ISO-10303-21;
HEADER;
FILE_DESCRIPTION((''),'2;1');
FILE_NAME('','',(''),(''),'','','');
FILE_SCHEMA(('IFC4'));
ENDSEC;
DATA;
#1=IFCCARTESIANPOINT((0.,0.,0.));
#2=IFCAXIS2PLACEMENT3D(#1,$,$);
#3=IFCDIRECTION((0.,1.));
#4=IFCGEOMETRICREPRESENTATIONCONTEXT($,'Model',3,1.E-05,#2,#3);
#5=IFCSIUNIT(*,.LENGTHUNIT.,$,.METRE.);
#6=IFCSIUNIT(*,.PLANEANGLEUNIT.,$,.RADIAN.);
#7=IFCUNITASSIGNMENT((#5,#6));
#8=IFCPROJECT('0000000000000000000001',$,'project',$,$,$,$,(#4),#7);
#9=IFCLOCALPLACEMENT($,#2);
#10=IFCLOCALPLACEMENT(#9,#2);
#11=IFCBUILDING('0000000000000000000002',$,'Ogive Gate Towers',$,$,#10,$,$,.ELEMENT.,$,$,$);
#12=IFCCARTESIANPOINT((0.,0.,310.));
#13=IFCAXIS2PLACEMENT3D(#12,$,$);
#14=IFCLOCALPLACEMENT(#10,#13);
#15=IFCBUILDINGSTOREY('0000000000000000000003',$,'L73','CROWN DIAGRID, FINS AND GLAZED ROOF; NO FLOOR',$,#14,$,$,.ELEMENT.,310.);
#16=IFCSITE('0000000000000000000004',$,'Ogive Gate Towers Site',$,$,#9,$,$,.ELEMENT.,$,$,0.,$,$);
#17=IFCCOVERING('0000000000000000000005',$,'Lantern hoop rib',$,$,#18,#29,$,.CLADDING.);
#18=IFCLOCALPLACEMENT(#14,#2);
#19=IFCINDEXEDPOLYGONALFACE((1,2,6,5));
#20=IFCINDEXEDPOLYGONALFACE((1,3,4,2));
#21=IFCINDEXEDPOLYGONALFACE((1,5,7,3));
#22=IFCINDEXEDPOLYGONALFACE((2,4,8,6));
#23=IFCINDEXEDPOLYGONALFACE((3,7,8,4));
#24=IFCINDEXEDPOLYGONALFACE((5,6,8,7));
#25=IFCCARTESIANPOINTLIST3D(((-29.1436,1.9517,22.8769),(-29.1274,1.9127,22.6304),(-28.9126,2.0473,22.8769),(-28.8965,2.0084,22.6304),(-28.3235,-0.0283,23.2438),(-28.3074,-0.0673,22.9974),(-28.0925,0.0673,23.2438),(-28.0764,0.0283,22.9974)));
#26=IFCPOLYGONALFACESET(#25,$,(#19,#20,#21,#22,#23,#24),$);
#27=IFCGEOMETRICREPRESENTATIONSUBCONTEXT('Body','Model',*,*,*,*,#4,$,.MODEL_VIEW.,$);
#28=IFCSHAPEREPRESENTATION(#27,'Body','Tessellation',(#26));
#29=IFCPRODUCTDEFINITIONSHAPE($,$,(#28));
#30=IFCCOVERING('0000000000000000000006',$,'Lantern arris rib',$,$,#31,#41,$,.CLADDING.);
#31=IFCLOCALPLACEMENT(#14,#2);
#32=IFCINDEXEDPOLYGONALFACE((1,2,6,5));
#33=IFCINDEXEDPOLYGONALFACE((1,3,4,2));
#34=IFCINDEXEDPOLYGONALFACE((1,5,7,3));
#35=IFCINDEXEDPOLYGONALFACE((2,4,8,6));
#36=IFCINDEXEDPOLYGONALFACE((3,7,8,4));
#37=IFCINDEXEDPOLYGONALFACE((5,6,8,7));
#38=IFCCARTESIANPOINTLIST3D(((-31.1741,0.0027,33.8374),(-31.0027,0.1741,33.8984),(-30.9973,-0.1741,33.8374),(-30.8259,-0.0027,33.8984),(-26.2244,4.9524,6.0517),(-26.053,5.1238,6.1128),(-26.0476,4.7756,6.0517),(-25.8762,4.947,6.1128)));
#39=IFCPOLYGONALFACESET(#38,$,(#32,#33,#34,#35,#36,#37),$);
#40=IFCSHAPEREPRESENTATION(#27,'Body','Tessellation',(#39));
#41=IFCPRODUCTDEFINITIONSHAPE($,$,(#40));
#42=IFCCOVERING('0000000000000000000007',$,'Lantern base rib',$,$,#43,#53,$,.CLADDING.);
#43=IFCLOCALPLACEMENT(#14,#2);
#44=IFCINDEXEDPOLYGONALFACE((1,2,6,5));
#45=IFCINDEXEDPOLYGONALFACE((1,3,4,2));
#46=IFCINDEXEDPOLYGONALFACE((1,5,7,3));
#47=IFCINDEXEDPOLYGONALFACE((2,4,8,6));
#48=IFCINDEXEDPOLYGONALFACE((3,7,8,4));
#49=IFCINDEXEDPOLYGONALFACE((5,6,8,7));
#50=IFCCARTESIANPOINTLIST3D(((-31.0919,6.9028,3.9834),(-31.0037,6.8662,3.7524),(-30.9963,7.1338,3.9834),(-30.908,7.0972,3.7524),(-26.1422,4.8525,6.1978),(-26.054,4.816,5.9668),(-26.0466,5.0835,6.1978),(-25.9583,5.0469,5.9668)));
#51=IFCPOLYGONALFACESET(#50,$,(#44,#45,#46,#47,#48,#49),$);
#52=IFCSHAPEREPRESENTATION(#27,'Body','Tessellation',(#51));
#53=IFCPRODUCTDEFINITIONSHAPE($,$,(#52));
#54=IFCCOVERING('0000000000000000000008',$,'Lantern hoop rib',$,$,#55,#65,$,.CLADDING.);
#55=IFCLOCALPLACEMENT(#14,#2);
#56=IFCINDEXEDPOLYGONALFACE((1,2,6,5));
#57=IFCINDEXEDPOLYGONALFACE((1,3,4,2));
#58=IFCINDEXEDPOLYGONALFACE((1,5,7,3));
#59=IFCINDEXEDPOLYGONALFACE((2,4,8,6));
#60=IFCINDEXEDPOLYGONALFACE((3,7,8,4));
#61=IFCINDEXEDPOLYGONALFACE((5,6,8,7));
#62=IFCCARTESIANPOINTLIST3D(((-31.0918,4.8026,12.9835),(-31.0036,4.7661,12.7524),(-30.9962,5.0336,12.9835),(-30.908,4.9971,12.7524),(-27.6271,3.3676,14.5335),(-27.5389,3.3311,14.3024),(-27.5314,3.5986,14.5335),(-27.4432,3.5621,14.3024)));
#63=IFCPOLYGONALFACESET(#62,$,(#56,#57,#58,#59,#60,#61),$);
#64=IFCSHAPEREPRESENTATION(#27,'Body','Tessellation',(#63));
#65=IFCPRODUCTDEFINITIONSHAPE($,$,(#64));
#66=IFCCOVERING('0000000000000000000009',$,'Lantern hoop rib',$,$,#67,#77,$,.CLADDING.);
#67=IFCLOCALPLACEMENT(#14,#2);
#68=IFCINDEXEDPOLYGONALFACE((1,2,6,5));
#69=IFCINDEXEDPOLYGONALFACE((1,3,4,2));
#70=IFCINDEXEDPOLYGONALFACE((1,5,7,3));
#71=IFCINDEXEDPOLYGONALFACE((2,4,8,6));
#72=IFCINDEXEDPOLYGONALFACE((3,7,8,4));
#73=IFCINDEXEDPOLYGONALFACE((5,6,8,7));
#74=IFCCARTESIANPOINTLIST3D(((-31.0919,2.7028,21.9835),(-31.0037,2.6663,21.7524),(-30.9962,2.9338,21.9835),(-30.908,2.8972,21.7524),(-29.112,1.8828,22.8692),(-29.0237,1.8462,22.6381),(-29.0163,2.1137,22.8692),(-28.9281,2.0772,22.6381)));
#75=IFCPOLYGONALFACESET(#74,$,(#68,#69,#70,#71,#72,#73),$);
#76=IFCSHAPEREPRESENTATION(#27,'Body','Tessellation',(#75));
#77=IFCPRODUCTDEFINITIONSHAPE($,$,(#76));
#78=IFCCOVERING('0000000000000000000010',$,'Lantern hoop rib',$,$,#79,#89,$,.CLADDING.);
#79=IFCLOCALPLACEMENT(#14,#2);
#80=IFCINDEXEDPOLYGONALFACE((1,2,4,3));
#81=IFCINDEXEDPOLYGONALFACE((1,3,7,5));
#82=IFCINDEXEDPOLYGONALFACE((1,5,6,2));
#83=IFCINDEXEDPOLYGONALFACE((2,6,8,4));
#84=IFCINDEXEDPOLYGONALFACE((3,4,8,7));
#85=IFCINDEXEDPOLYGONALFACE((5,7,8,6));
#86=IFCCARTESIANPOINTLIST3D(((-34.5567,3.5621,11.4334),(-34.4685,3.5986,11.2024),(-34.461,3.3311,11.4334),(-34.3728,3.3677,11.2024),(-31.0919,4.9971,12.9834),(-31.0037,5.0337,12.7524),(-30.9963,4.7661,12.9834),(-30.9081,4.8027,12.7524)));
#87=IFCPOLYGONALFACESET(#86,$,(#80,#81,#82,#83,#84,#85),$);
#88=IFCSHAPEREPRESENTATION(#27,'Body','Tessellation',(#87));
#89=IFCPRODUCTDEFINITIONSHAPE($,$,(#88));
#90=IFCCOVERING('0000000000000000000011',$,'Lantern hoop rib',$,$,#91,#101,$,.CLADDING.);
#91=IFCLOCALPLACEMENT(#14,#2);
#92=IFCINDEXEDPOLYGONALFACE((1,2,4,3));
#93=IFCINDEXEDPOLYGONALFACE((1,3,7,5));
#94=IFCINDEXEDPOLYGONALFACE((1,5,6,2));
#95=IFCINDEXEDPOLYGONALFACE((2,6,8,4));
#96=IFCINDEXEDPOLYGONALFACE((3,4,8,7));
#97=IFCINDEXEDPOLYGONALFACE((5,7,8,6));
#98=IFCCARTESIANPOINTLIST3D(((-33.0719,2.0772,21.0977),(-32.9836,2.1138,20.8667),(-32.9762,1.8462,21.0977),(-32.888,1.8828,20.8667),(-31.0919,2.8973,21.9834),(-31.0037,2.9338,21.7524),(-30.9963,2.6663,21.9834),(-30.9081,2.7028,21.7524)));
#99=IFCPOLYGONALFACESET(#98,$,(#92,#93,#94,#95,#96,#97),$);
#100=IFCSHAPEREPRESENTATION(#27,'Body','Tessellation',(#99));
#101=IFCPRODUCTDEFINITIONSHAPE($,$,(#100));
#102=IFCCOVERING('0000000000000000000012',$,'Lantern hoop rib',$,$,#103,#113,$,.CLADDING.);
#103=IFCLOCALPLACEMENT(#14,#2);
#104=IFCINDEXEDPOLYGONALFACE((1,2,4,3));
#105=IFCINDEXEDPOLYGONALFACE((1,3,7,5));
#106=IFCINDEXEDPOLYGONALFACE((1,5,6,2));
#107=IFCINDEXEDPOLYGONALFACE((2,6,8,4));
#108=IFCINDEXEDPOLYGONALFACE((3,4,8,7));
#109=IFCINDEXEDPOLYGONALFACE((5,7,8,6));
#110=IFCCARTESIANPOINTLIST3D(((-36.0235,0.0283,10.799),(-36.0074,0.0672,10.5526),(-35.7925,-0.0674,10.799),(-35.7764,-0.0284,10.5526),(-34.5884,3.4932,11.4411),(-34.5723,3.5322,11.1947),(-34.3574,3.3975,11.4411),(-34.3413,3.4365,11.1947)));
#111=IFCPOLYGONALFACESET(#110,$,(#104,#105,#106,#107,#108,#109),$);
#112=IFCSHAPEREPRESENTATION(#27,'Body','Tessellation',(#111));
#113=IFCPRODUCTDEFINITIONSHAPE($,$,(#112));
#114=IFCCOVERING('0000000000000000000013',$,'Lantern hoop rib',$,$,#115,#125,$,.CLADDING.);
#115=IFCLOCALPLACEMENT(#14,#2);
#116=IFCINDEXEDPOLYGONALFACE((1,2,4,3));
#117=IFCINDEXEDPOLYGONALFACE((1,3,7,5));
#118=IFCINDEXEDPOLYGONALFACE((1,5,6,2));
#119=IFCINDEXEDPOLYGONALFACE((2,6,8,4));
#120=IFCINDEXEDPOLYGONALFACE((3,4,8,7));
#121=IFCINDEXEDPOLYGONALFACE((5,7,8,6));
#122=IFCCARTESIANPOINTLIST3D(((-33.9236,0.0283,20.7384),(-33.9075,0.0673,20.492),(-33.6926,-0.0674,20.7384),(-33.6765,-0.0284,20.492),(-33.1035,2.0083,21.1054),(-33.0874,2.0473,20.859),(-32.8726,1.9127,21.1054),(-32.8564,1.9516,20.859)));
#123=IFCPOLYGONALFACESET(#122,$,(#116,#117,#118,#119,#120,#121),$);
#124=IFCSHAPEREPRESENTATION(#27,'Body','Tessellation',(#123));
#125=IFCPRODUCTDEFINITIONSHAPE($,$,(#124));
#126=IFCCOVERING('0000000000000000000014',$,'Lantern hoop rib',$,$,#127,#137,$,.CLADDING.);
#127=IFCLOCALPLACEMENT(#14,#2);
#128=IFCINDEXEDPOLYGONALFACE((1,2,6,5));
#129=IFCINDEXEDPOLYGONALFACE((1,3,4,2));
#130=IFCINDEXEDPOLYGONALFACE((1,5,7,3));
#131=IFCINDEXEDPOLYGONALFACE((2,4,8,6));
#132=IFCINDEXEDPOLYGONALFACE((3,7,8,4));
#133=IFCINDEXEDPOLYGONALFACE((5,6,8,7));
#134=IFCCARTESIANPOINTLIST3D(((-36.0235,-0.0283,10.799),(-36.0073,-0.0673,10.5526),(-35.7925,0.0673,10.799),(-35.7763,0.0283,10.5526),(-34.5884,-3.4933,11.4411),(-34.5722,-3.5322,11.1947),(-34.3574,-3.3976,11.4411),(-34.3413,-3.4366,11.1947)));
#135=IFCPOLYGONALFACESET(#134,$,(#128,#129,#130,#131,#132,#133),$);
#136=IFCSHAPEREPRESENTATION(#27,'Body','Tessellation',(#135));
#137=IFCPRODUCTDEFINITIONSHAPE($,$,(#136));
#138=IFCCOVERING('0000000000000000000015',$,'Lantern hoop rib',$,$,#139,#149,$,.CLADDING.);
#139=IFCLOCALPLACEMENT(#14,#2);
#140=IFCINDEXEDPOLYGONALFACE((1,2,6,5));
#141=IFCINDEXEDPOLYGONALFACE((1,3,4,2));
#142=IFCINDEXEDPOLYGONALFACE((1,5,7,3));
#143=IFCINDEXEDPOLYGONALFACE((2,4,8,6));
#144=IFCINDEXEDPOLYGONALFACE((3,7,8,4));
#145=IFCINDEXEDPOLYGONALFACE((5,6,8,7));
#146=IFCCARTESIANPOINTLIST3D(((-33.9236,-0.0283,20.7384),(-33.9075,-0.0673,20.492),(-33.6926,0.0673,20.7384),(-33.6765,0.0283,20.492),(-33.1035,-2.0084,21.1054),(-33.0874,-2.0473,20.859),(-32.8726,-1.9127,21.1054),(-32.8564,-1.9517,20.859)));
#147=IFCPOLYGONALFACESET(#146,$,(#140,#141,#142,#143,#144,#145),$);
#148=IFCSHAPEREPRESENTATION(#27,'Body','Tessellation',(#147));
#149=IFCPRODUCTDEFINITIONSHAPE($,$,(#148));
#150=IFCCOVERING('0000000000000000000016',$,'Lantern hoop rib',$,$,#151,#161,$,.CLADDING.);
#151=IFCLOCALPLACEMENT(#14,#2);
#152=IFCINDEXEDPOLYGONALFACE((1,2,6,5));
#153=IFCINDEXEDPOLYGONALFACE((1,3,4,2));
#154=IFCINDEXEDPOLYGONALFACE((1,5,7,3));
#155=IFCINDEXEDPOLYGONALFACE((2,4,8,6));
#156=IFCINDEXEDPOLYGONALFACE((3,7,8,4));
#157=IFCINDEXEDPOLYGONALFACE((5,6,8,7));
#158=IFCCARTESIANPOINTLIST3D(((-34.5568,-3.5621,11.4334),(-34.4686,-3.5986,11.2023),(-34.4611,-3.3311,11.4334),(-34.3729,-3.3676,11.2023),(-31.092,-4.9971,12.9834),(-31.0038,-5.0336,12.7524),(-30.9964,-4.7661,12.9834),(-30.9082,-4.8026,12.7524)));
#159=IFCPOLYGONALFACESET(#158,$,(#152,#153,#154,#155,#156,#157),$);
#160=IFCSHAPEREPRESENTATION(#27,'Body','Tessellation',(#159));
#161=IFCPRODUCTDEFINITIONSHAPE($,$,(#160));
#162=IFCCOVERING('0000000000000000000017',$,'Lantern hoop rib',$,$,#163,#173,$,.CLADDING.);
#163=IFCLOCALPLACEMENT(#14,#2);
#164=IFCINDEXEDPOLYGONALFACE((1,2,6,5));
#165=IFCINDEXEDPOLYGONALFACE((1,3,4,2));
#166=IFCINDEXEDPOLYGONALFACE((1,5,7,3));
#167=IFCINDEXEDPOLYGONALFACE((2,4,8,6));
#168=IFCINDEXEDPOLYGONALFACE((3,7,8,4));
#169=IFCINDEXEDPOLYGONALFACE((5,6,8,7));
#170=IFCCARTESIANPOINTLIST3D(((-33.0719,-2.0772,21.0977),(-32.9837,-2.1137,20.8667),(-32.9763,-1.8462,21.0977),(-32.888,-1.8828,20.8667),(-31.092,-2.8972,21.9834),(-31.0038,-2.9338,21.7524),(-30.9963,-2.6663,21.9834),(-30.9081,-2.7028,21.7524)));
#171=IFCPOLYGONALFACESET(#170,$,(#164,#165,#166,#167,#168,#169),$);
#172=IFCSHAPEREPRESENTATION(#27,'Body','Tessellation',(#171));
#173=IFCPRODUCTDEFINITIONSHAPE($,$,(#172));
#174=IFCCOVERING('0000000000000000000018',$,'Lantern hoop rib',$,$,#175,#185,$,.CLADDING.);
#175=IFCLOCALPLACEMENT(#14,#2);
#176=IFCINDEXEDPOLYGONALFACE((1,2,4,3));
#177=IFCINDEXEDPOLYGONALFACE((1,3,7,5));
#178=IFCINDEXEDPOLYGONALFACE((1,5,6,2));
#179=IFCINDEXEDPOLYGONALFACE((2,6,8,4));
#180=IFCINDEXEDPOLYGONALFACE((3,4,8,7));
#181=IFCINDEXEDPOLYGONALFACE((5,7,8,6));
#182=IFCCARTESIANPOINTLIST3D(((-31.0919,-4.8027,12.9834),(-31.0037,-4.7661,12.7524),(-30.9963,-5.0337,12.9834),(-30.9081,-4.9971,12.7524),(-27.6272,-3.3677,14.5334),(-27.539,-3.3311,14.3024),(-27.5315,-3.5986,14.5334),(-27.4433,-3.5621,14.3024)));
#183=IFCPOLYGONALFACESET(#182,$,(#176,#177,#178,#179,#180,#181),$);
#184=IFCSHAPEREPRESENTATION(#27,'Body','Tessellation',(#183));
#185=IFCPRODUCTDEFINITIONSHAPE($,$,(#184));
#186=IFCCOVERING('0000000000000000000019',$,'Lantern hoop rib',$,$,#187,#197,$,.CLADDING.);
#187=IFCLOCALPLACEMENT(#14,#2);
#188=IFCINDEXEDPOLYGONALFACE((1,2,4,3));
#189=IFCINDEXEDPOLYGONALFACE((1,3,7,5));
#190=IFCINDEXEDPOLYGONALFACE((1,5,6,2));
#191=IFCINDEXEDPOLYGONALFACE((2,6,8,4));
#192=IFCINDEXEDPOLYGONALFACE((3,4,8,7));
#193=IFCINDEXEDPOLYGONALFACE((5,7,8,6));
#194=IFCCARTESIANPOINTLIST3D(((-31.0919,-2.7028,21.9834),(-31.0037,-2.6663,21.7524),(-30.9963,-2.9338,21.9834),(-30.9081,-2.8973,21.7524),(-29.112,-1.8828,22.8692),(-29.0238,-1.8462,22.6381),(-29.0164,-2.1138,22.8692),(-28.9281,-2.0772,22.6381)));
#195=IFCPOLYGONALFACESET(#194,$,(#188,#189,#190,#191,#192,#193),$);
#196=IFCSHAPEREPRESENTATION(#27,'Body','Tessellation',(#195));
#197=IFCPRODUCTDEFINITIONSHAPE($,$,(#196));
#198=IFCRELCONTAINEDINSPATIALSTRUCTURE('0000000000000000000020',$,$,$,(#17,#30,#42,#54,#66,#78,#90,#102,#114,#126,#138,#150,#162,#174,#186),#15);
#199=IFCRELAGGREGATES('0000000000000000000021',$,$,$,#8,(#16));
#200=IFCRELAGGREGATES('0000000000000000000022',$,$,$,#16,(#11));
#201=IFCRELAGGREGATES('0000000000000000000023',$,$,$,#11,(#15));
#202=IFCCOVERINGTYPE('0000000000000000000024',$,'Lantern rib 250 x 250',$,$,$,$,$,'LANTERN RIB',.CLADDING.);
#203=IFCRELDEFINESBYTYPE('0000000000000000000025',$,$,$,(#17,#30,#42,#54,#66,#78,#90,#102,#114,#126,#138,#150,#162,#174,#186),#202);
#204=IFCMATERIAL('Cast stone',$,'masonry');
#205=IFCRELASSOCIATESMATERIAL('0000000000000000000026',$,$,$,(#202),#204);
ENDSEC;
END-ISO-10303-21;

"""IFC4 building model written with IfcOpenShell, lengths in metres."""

from ifc_helpers import new_model, si_unit, direction, frame, origin, origin_2d, place, context, subcontext, project, spatial, rectangle, extrude, material, material_profile, profile_set, type_object, element, save


model = new_model("IFC4")

# Units and contexts
model_context = context("Model", 3, precision=1e-05, world=origin(), true_north=direction((0.0, 1.0)))
body_context = subcontext(model_context, "Body", "Model", "MODEL_VIEW")
ifc_project = project(units=[si_unit("LENGTHUNIT", "METRE"), si_unit("PLANEANGLEUNIT", "RADIAN")], contexts=[model_context])

# Site, building, storey
site_placement = place(None, origin())
site = spatial("IfcSite", under=ifc_project, at=site_placement, Name="Ogive Gate Towers Site", CompositionType="ELEMENT", RefElevation=0.0)
building_placement = place(site_placement, origin())
building = spatial("IfcBuilding", under=site, at=building_placement, Name="Ogive Gate Towers", CompositionType="ELEMENT")
storey_placement = place(building_placement, frame((0.0, 0.0, 310.0)))
storey = spatial("IfcBuildingStorey", under=building, at=storey_placement, Name="L73", Description="CROWN DIAGRID, FINS AND GLAZED ROOF; NO FLOOR", CompositionType="ELEMENT", Elevation=310.0)

# Coverings
ifc_material_1 = material(Name="Cast stone", Category="masonry")
ifc_material_profile_1 = material_profile(ifc_material_1, rectangle(XDim=0.25, YDim=0.25, at=origin_2d()), Name="250 x 250 cast stone")
ifc_profile_set_1 = profile_set([ifc_material_profile_1], Name="Cast stone")
covering_type = type_object("IfcCoveringType", Name="Lantern rib 250 x 250", ElementType="LANTERN RIB", PredefinedType="CLADDING", material=ifc_profile_set_1)
covering_1_placement = place(storey_placement, frame((-28.2, 0.0, 23.1206), z_axis=(-0.377168, 0.910638, -0.168766), x_axis=(-0.92389, -0.382657, 0.0)))
element("IfcCovering", 1, at=covering_1_placement, inside=storey, type_object=covering_type, Name="Lantern hoop rib", PredefinedType="CLADDING", context=body_context, shape_type="SweptSolid", body=[
    extrude(rectangle(XDim=0.25, YDim=0.25, at=origin_2d()), origin(), (0.0, 0.0, 1.0), 2.1743),
])
covering_2_placement = place(storey_placement, frame((-26.0503, 4.9497, 6.0823), z_axis=(-0.172742, -0.172742, 0.969701), x_axis=(0.707107, -0.707107, 0.0)))
element("IfcCovering", 2, at=covering_2_placement, inside=storey, type_object=covering_type, Name="Lantern arris rib", PredefinedType="CLADDING", context=body_context, shape_type="SweptSolid", body=[
    extrude(rectangle(XDim=0.25, YDim=0.25, at=origin_2d()), origin(), (0.0, 0.0, 1.0), 28.6538),
])
covering_3_placement = place(storey_placement, frame((-26.0503, 4.9497, 6.0823), z_axis=(-0.853821, 0.353674, -0.381975), x_axis=(-0.382693, -0.923876, 0.0)))
element("IfcCovering", 3, at=covering_3_placement, inside=storey, type_object=covering_type, Name="Lantern base rib", PredefinedType="CLADDING", context=body_context, shape_type="SweptSolid", body=[
    extrude(rectangle(XDim=0.25, YDim=0.25, at=origin_2d()), origin(), (0.0, 0.0, 1.0), 5.7971),
])
covering_4_placement = place(storey_placement, frame((-27.5352, 3.4648, 14.418), z_axis=(-0.853835, 0.353639, -0.381976), x_axis=(-0.382655, -0.923891, 0.0)))
element("IfcCovering", 4, at=covering_4_placement, inside=storey, type_object=covering_type, Name="Lantern hoop rib", PredefinedType="CLADDING", context=body_context, shape_type="SweptSolid", body=[
    extrude(rectangle(XDim=0.25, YDim=0.25, at=origin_2d()), origin(), (0.0, 0.0, 1.0), 4.0579),
])
covering_5_placement = place(storey_placement, frame((-29.02, 1.98, 22.7537), z_axis=(-0.853839, 0.353643, -0.381964), x_axis=(-0.382657, -0.92389, 0.0)))
element("IfcCovering", 5, at=covering_5_placement, inside=storey, type_object=covering_type, Name="Lantern hoop rib", PredefinedType="CLADDING", context=body_context, shape_type="SweptSolid", body=[
    extrude(rectangle(XDim=0.25, YDim=0.25, at=origin_2d()), origin(), (0.0, 0.0, 1.0), 2.3188),
])
covering_6_placement = place(storey_placement, frame((-31.0, 4.8999, 12.8679), z_axis=(-0.853835, -0.353639, -0.381976), x_axis=(0.382655, -0.923891, 0.0)))
element("IfcCovering", 6, at=covering_6_placement, inside=storey, type_object=covering_type, Name="Lantern hoop rib", PredefinedType="CLADDING", context=body_context, shape_type="SweptSolid", body=[
    extrude(rectangle(XDim=0.25, YDim=0.25, at=origin_2d()), origin(), (0.0, 0.0, 1.0), 4.0579),
])
covering_7_placement = place(storey_placement, frame((-31.0, 2.8, 21.8679), z_axis=(-0.853839, -0.353643, -0.381964), x_axis=(0.382657, -0.92389, 0.0)))
element("IfcCovering", 7, at=covering_7_placement, inside=storey, type_object=covering_type, Name="Lantern hoop rib", PredefinedType="CLADDING", context=body_context, shape_type="SweptSolid", body=[
    extrude(rectangle(XDim=0.25, YDim=0.25, at=origin_2d()), origin(), (0.0, 0.0, 1.0), 2.3188),
])
covering_8_placement = place(storey_placement, frame((-34.4648, 3.4648, 11.3179), z_axis=(-0.377167, -0.910641, -0.168756), x_axis=(0.923891, -0.382655, 0.0)))
element("IfcCovering", 8, at=covering_8_placement, inside=storey, type_object=covering_type, Name="Lantern hoop rib", PredefinedType="CLADDING", context=body_context, shape_type="SweptSolid", body=[
    extrude(rectangle(XDim=0.25, YDim=0.25, at=origin_2d()), origin(), (0.0, 0.0, 1.0), 3.8049),
])
covering_9_placement = place(storey_placement, frame((-32.98, 1.98, 20.9822), z_axis=(-0.377168, -0.910638, -0.168766), x_axis=(0.92389, -0.382657, 0.0)))
element("IfcCovering", 9, at=covering_9_placement, inside=storey, type_object=covering_type, Name="Lantern hoop rib", PredefinedType="CLADDING", context=body_context, shape_type="SweptSolid", body=[
    extrude(rectangle(XDim=0.25, YDim=0.25, at=origin_2d()), origin(), (0.0, 0.0, 1.0), 2.1743),
])
covering_10_placement = place(storey_placement, frame((-35.8999, 0.0, 10.6758), z_axis=(0.377167, -0.910641, 0.168756), x_axis=(0.923891, 0.382655, 0.0)))
element("IfcCovering", 10, at=covering_10_placement, inside=storey, type_object=covering_type, Name="Lantern hoop rib", PredefinedType="CLADDING", context=body_context, shape_type="SweptSolid", body=[
    extrude(rectangle(XDim=0.25, YDim=0.25, at=origin_2d()), origin(), (0.0, 0.0, 1.0), 3.8049),
])
covering_11_placement = place(storey_placement, frame((-33.8, 0.0, 20.6152), z_axis=(0.377168, -0.910638, 0.168766), x_axis=(0.92389, 0.382657, 0.0)))
element("IfcCovering", 11, at=covering_11_placement, inside=storey, type_object=covering_type, Name="Lantern hoop rib", PredefinedType="CLADDING", context=body_context, shape_type="SweptSolid", body=[
    extrude(rectangle(XDim=0.25, YDim=0.25, at=origin_2d()), origin(), (0.0, 0.0, 1.0), 2.1743),
])
covering_12_placement = place(storey_placement, frame((-34.4648, -3.4648, 11.3179), z_axis=(0.853835, -0.353639, 0.381976), x_axis=(0.382655, 0.923891, 0.0)))
element("IfcCovering", 12, at=covering_12_placement, inside=storey, type_object=covering_type, Name="Lantern hoop rib", PredefinedType="CLADDING", context=body_context, shape_type="SweptSolid", body=[
    extrude(rectangle(XDim=0.25, YDim=0.25, at=origin_2d()), origin(), (0.0, 0.0, 1.0), 4.0579),
])
covering_13_placement = place(storey_placement, frame((-32.98, -1.98, 20.9822), z_axis=(0.853839, -0.353643, 0.381964), x_axis=(0.382657, 0.92389, 0.0)))
element("IfcCovering", 13, at=covering_13_placement, inside=storey, type_object=covering_type, Name="Lantern hoop rib", PredefinedType="CLADDING", context=body_context, shape_type="SweptSolid", body=[
    extrude(rectangle(XDim=0.25, YDim=0.25, at=origin_2d()), origin(), (0.0, 0.0, 1.0), 2.3188),
])
covering_14_placement = place(storey_placement, frame((-31.0, -4.8999, 12.8679), z_axis=(0.853835, 0.353639, 0.381976), x_axis=(-0.382655, 0.923891, 0.0)))
element("IfcCovering", 14, at=covering_14_placement, inside=storey, type_object=covering_type, Name="Lantern hoop rib", PredefinedType="CLADDING", context=body_context, shape_type="SweptSolid", body=[
    extrude(rectangle(XDim=0.25, YDim=0.25, at=origin_2d()), origin(), (0.0, 0.0, 1.0), 4.0579),
])
covering_15_placement = place(storey_placement, frame((-31.0, -2.8, 21.8679), z_axis=(0.853839, 0.353643, 0.381964), x_axis=(-0.382657, 0.92389, 0.0)))
element("IfcCovering", 15, at=covering_15_placement, inside=storey, type_object=covering_type, Name="Lantern hoop rib", PredefinedType="CLADDING", context=body_context, shape_type="SweptSolid", body=[
    extrude(rectangle(XDim=0.25, YDim=0.25, at=origin_2d()), origin(), (0.0, 0.0, 1.0), 2.3188),
])

save(model, "model.ifc")
